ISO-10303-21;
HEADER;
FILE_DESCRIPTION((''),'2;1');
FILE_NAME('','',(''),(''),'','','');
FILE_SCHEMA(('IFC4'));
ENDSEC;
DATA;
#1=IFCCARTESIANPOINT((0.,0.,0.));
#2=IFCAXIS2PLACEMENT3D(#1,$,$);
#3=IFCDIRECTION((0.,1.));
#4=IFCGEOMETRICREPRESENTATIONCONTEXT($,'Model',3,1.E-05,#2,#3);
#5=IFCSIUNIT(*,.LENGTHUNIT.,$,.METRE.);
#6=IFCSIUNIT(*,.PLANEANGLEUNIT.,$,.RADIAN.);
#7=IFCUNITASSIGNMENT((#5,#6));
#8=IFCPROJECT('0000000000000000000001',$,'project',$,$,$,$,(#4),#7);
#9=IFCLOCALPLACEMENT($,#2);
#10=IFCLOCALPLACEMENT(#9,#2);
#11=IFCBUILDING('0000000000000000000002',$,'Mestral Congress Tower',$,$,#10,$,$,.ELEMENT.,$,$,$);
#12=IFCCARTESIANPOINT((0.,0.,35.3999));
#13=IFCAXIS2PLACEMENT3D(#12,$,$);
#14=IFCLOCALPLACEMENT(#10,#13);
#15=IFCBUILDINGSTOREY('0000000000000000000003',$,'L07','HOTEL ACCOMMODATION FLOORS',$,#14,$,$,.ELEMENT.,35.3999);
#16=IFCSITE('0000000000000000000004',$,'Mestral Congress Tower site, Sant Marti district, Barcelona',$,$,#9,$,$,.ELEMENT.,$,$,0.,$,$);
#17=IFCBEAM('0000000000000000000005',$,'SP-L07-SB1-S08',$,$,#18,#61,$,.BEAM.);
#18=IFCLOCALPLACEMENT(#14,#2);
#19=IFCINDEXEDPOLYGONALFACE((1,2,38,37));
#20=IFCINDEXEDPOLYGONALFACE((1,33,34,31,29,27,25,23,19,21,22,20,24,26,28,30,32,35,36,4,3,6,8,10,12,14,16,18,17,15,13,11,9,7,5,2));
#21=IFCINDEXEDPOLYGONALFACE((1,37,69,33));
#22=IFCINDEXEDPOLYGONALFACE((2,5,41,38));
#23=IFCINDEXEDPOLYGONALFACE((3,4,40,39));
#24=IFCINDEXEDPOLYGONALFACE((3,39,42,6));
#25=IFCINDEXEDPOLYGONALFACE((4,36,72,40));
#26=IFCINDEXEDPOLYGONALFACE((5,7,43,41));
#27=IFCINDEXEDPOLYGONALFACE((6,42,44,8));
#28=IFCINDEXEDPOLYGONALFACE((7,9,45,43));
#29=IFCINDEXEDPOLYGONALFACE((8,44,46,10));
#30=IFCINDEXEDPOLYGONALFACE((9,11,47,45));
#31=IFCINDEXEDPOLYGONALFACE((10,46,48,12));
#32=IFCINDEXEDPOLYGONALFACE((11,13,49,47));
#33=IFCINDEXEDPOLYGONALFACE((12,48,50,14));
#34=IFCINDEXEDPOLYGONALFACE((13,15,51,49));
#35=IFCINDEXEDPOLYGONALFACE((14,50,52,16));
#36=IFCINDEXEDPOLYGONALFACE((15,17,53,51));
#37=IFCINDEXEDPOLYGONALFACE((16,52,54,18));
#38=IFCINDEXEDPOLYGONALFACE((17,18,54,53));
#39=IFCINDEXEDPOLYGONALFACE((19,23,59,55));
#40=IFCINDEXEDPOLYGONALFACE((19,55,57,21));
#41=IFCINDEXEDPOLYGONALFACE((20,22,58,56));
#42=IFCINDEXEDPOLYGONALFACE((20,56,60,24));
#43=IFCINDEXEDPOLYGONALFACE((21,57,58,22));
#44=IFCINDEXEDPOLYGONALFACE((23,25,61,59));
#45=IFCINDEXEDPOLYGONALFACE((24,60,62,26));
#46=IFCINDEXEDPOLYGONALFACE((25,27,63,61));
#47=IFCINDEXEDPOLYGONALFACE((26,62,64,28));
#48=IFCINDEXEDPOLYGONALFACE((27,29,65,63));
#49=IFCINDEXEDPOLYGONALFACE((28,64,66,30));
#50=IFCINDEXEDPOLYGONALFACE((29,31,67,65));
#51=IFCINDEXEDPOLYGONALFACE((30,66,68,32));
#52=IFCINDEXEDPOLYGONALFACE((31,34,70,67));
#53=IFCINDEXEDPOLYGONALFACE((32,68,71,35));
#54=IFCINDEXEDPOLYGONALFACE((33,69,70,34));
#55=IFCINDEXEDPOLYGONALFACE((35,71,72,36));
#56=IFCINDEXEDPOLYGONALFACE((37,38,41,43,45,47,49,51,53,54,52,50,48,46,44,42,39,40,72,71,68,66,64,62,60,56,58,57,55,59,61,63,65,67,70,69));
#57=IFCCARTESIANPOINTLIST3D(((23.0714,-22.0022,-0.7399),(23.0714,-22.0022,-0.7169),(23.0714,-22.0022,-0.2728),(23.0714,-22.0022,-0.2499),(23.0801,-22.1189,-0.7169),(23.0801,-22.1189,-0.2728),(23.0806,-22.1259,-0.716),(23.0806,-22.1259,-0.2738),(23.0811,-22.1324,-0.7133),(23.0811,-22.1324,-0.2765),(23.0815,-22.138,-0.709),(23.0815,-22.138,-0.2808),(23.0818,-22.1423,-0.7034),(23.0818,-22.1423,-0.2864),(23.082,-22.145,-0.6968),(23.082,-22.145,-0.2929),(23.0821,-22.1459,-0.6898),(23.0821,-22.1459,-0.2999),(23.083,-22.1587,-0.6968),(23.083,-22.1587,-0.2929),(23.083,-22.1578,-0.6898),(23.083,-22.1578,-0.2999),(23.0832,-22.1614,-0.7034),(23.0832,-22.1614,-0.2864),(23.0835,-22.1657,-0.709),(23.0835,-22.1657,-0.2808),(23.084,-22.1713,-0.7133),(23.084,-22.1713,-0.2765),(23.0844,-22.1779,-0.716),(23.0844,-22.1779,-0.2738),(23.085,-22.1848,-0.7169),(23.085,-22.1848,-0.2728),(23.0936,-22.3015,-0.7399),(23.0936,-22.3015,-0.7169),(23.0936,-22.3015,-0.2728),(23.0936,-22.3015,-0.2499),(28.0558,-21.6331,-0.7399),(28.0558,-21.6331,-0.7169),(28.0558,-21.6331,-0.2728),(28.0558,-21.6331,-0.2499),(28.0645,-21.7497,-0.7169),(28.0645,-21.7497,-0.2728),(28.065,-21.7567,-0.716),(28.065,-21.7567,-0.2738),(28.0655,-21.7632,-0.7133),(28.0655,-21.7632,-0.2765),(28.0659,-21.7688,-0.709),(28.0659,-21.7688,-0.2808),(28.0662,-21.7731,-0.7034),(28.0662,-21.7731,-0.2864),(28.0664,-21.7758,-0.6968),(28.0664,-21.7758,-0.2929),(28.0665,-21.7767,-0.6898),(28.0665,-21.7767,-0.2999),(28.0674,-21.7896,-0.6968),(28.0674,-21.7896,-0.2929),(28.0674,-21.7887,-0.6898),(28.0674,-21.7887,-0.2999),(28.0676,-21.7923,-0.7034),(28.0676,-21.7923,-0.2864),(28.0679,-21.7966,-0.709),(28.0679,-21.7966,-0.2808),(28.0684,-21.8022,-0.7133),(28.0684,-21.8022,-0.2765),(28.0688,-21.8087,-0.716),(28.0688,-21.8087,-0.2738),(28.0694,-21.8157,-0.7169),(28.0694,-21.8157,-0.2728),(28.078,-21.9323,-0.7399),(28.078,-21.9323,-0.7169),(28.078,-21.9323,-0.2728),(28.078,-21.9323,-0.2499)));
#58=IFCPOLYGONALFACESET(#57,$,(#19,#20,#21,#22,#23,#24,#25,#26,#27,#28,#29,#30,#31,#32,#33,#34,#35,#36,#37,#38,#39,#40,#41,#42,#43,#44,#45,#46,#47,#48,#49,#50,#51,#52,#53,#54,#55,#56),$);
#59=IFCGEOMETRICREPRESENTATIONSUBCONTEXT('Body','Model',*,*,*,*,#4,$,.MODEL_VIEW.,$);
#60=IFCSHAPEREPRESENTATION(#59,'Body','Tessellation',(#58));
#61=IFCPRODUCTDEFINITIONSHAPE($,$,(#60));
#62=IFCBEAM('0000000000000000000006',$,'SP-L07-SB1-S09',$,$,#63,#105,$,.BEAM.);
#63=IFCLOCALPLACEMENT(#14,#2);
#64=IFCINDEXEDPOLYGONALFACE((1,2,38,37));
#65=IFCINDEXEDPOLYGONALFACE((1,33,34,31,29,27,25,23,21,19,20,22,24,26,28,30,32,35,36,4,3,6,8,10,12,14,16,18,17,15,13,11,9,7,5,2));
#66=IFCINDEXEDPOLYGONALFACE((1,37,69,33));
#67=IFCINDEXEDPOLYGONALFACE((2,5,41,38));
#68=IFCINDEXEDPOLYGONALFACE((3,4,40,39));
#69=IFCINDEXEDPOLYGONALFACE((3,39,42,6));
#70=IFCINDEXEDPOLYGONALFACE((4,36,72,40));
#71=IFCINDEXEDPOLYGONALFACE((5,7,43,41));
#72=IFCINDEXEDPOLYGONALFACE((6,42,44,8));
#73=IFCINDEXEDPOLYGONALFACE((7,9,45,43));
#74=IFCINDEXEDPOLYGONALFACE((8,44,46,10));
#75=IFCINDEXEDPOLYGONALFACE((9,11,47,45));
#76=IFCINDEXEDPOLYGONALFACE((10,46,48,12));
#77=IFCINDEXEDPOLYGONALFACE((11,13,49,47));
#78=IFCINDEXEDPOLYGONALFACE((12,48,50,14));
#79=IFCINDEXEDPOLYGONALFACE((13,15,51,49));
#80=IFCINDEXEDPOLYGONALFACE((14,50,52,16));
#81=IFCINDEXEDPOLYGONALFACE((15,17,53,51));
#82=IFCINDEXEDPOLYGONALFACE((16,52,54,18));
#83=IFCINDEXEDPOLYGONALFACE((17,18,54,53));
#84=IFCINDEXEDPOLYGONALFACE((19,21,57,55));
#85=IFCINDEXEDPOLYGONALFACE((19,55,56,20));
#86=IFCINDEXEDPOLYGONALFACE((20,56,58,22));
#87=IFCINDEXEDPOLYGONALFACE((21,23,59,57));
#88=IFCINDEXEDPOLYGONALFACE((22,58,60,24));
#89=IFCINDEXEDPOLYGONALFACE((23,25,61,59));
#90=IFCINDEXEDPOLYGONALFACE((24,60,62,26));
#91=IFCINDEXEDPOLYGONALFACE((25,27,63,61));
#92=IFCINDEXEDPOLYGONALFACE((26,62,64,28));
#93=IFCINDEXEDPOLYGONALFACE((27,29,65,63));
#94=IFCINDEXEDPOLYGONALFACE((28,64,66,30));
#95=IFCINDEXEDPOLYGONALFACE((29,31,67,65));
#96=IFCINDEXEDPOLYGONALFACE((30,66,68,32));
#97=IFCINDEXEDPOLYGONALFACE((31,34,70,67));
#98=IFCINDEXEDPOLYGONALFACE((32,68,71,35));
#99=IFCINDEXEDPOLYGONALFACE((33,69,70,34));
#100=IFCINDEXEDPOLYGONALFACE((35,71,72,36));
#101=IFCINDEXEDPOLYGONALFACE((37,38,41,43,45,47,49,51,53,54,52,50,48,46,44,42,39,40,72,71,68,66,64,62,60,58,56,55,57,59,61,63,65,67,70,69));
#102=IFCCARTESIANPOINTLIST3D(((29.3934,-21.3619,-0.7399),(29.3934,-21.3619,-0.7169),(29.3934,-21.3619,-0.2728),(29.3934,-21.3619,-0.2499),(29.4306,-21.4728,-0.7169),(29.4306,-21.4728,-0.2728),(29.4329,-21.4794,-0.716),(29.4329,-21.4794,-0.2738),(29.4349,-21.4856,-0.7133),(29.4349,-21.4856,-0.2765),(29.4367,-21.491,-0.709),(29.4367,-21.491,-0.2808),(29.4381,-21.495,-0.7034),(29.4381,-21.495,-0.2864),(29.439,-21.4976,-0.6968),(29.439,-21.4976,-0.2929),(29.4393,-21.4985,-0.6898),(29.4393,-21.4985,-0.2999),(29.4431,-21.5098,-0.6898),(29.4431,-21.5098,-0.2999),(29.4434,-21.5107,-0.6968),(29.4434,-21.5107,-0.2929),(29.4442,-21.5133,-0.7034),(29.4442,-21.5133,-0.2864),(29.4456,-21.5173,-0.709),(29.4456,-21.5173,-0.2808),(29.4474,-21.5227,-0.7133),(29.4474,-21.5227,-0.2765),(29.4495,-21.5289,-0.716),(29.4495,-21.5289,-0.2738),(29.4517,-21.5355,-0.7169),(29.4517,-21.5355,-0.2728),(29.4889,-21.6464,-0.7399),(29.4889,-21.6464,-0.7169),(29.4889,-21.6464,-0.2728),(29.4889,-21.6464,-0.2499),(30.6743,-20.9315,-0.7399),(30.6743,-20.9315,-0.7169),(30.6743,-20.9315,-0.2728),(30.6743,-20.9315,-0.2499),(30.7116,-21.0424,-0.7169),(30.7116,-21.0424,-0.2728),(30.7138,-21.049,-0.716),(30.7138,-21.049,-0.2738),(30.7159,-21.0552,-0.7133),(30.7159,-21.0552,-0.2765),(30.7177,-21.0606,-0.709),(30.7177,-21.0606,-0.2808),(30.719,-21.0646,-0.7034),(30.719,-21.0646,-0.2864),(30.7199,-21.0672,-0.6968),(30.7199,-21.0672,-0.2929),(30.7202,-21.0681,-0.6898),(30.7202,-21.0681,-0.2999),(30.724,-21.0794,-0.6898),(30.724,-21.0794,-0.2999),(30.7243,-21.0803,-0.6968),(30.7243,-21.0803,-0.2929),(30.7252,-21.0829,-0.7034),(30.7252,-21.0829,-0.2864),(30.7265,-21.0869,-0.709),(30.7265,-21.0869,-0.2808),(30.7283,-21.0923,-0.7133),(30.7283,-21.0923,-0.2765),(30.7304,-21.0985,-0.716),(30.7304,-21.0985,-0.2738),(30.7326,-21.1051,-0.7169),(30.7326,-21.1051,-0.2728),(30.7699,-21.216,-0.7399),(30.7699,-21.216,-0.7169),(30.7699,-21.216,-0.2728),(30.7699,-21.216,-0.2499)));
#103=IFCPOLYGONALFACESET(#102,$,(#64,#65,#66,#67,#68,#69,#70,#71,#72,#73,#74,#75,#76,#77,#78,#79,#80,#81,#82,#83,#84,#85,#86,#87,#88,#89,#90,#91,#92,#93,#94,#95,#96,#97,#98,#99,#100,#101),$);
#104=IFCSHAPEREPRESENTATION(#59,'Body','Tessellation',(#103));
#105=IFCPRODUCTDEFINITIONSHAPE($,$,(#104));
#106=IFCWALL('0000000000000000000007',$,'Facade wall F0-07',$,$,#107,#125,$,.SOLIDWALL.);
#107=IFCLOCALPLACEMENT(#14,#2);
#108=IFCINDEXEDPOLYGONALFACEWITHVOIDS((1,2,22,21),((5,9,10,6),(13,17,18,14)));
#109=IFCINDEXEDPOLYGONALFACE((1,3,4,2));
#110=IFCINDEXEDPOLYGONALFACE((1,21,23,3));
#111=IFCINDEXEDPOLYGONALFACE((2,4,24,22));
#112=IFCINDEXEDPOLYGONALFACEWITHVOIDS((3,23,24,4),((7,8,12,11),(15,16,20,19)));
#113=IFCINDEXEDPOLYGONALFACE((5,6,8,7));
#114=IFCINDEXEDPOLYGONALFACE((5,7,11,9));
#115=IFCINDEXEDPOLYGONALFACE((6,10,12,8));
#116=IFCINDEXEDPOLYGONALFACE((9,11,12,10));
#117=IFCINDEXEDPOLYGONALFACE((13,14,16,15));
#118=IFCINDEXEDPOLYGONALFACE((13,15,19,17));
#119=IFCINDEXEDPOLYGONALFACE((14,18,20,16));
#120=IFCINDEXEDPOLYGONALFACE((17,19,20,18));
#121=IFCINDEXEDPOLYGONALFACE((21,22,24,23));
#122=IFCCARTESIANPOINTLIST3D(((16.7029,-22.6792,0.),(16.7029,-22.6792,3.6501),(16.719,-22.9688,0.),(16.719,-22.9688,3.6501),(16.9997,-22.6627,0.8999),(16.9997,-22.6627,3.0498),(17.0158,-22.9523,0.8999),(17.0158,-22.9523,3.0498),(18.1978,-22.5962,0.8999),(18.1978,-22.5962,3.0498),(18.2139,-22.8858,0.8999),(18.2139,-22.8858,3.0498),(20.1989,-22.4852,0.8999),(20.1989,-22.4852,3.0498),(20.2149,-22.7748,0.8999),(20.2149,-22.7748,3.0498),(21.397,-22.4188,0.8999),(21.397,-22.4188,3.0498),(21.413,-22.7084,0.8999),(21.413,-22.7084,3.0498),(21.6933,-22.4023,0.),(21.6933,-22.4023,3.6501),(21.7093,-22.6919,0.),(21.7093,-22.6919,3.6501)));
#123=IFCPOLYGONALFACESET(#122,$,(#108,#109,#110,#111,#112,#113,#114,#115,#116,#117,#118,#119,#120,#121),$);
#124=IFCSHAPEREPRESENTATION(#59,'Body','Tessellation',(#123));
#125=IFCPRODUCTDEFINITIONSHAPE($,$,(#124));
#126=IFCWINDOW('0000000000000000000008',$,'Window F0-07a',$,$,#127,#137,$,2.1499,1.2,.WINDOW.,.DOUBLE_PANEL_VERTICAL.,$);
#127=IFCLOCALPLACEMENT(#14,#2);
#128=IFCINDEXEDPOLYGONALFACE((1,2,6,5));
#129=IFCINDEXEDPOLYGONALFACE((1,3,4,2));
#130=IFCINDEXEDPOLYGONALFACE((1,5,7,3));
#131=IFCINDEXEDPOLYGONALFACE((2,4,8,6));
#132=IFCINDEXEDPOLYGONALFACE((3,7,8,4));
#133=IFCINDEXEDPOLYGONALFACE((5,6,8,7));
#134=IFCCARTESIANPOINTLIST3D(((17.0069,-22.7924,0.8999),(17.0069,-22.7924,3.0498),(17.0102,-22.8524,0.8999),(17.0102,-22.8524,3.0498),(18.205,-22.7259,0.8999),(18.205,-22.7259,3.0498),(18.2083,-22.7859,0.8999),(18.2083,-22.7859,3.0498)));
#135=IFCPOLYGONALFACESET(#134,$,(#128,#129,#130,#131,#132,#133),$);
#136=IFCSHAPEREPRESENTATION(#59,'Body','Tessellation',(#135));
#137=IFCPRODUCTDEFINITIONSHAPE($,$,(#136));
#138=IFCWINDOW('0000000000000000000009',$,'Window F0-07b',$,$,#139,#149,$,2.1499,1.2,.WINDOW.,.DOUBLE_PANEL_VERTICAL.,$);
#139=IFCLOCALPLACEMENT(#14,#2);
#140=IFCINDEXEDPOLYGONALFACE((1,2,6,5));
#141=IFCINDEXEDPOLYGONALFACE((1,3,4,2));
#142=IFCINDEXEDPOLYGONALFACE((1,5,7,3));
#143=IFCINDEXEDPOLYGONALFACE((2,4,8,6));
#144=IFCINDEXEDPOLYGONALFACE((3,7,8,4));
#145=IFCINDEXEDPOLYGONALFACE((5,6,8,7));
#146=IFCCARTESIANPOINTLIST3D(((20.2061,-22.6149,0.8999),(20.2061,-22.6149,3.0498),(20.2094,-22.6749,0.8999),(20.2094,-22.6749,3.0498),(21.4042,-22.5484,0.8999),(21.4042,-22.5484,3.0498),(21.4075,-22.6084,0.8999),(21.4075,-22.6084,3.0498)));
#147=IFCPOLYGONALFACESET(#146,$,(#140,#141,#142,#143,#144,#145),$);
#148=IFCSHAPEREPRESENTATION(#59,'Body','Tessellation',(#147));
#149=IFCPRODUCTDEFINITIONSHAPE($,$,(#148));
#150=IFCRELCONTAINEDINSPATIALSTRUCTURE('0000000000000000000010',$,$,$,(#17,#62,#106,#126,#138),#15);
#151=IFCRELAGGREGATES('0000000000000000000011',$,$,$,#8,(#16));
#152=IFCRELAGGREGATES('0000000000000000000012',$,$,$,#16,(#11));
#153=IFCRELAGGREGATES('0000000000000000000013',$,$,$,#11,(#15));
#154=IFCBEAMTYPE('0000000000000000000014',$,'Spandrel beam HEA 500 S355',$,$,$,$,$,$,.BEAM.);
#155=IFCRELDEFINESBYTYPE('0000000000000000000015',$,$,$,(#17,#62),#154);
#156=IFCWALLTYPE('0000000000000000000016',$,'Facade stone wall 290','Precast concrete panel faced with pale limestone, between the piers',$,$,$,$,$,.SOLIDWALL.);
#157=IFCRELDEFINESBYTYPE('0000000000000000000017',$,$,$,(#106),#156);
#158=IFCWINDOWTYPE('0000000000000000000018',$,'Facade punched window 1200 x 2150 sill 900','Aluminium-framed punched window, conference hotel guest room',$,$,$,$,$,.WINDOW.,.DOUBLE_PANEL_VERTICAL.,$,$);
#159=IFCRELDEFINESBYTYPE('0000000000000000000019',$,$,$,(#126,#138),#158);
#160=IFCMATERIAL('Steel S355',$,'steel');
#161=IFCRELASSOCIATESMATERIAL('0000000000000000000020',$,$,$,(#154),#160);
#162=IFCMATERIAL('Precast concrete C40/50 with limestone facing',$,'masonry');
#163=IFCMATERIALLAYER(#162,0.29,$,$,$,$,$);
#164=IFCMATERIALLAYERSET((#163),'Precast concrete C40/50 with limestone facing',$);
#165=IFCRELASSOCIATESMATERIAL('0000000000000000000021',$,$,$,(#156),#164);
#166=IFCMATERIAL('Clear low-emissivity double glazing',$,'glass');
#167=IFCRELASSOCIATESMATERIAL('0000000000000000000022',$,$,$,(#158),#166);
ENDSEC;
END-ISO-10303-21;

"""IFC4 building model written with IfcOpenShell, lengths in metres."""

from ifc_helpers import new_model, si_unit, direction, frame, frame_2d, origin, origin_2d, place, context, subcontext, project, spatial, rectangle, i_section, extrude, material, layer, layer_set, material_profile, profile_set, type_object, element, fill, save


model = new_model("IFC4")

# Units and contexts
model_context = context("Model", 3, precision=1e-05, world=origin(), true_north=direction((0.0, 1.0)))
body_context = subcontext(model_context, "Body", "Model", "MODEL_VIEW")
ifc_project = project(units=[si_unit("LENGTHUNIT", "METRE"), si_unit("PLANEANGLEUNIT", "RADIAN")], contexts=[model_context])

# Site, building, storey
site_placement = place(None, origin())
site = spatial("IfcSite", under=ifc_project, at=site_placement, Name="Mestral Congress Tower site, Sant Marti district, Barcelona", CompositionType="ELEMENT", RefElevation=0.0)
building_placement = place(site_placement, origin())
building = spatial("IfcBuilding", under=site, at=building_placement, Name="Mestral Congress Tower", CompositionType="ELEMENT")
storey_placement = place(building_placement, frame((0.0, 0.0, 35.3999)))
storey = spatial("IfcBuildingStorey", under=building, at=storey_placement, Name="L07", Description="HOTEL ACCOMMODATION FLOORS", CompositionType="ELEMENT", Elevation=35.3999)

# Beams
ifc_material_1 = material(Name="Steel S355", Category="steel")
ifc_material_profile_1 = material_profile(ifc_material_1, i_section(OverallWidth=0.3, OverallDepth=0.49, WebThickness=0.012, FlangeThickness=0.0229, FilletRadius=0.0271, at=origin_2d()), Name="HEA 500")
ifc_profile_set_1 = profile_set([ifc_material_profile_1], Name="Steel S355")
beam_type_1 = type_object("IfcBeamType", Name="Spandrel beam HEA 500 S355", PredefinedType="BEAM", material=ifc_profile_set_1)
beam_1_placement = place(storey_placement, frame((23.0825, -22.1519, -0.4949), z_axis=(0.997269, 0.073857, 0.0), x_axis=(-0.073857, 0.997269, 0.0)))
element("IfcBeam", 1, at=beam_1_placement, inside=storey, type_object=beam_type_1, Name="SP-L07-SB1-S08", PredefinedType="BEAM", context=body_context, shape_type="SweptSolid", body=[
    extrude(i_section(OverallWidth=0.3, OverallDepth=0.49, WebThickness=0.012, FlangeThickness=0.0229, FilletRadius=0.0271, at=origin_2d()), origin(), (0.0, 0.0, 1.0), 4.998),
])
beam_2_placement = place(storey_placement, frame((29.4412, -21.5042, -0.4949), z_axis=(0.947922, 0.318503, 0.0), x_axis=(-0.318503, 0.947922, 0.0)))
element("IfcBeam", 2, at=beam_2_placement, inside=storey, type_object=beam_type_1, Name="SP-L07-SB1-S09", PredefinedType="BEAM", context=body_context, shape_type="SweptSolid", body=[
    extrude(i_section(OverallWidth=0.3, OverallDepth=0.49, WebThickness=0.012, FlangeThickness=0.0229, FilletRadius=0.0271, at=origin_2d()), origin(), (0.0, 0.0, 1.0), 1.3513),
])

# Wall, openings, windows
ifc_material_2 = material(Name="Precast concrete C40/50 with limestone facing", Category="masonry")
ifc_layer_1 = layer(ifc_material_2, 0.29)
ifc_layer_set_1 = layer_set([ifc_layer_1], Name="Precast concrete C40/50 with limestone facing")
wall_type_1 = type_object("IfcWallType", Name="Facade stone wall 290", Description="Precast concrete panel faced with pale limestone, between the piers", PredefinedType="SOLIDWALL", material=ifc_layer_set_1)
wall_1_placement = place(storey_placement, frame((16.7109, -22.824, 0.0), z_axis=(0.0, 0.0, 1.0), x_axis=(0.998465, 0.055392, 0.0)))
wall_1 = element("IfcWall", 3, at=wall_1_placement, inside=storey, type_object=wall_type_1, Name="Facade wall F0-07", PredefinedType="SOLIDWALL", context=body_context, shape_type="SweptSolid", body=[
    extrude(rectangle(XDim=4.998, YDim=0.29, at=frame_2d((2.499, 0.0))), origin(), (0.0, 0.0, 1.0), 3.6501),
])
opening_1_placement = place(wall_1_placement, frame((0.2971, 0.0, 0.8999)))
opening_1 = element("IfcOpeningElement", 4, at=opening_1_placement, cuts=wall_1, PredefinedType="OPENING", context=body_context, shape_type="SweptSolid", body=[
    extrude(rectangle(XDim=1.2, YDim=2.1499, at=frame_2d((0.6001, 1.075))), frame((0.0, 0.155, 0.0), z_axis=(0.0, -1.0, 0.0), x_axis=(1.0, 0.0, 0.0)), (0.0, 0.0, 1.0), 0.3101),
])
opening_2_placement = place(wall_1_placement, frame((3.5012, 0.0, 0.8999)))
opening_2 = element("IfcOpeningElement", 5, at=opening_2_placement, cuts=wall_1, PredefinedType="OPENING", context=body_context, shape_type="SweptSolid", body=[
    extrude(rectangle(XDim=1.2, YDim=2.1499, at=frame_2d((0.6001, 1.075))), frame((0.0, 0.155, 0.0), z_axis=(0.0, -1.0, 0.0), x_axis=(1.0, 0.0, 0.0)), (0.0, 0.0, 1.0), 0.3101),
])
ifc_material_3 = material(Name="Clear low-emissivity double glazing", Category="glass")
window_type_1 = type_object("IfcWindowType", Name="Facade punched window 1200 x 2150 sill 900", Description="Aluminium-framed punched window, conference hotel guest room", PartitioningType="DOUBLE_PANEL_VERTICAL", PredefinedType="WINDOW", material=ifc_material_3)
window_1_placement = place(opening_1_placement, origin())
window_1 = element("IfcWindow", 6, at=window_1_placement, inside=storey, type_object=window_type_1, Name="Window F0-07a", OverallHeight=2.1499, OverallWidth=1.2, PartitioningType="DOUBLE_PANEL_VERTICAL", PredefinedType="WINDOW", context=body_context, shape_type="SweptSolid", body=[
    extrude(rectangle(XDim=1.2, YDim=2.1499, at=frame_2d((0.6001, 1.075))), frame((0.0, 0.0151, 0.0), z_axis=(0.0, -1.0, 0.0), x_axis=(1.0, 0.0, 0.0)), (0.0, 0.0, 1.0), 0.0601),
])
fill(opening_1, window_1)
window_2_placement = place(opening_2_placement, origin())
window_2 = element("IfcWindow", 7, at=window_2_placement, inside=storey, type_object=window_type_1, Name="Window F0-07b", OverallHeight=2.1499, OverallWidth=1.2, PartitioningType="DOUBLE_PANEL_VERTICAL", PredefinedType="WINDOW", context=body_context, shape_type="SweptSolid", body=[
    extrude(rectangle(XDim=1.2, YDim=2.1499, at=frame_2d((0.6001, 1.075))), frame((0.0, 0.0151, 0.0), z_axis=(0.0, -1.0, 0.0), x_axis=(1.0, 0.0, 0.0)), (0.0, 0.0, 1.0), 0.0601),
])
fill(opening_2, window_2)

save(model, "model.ifc")
